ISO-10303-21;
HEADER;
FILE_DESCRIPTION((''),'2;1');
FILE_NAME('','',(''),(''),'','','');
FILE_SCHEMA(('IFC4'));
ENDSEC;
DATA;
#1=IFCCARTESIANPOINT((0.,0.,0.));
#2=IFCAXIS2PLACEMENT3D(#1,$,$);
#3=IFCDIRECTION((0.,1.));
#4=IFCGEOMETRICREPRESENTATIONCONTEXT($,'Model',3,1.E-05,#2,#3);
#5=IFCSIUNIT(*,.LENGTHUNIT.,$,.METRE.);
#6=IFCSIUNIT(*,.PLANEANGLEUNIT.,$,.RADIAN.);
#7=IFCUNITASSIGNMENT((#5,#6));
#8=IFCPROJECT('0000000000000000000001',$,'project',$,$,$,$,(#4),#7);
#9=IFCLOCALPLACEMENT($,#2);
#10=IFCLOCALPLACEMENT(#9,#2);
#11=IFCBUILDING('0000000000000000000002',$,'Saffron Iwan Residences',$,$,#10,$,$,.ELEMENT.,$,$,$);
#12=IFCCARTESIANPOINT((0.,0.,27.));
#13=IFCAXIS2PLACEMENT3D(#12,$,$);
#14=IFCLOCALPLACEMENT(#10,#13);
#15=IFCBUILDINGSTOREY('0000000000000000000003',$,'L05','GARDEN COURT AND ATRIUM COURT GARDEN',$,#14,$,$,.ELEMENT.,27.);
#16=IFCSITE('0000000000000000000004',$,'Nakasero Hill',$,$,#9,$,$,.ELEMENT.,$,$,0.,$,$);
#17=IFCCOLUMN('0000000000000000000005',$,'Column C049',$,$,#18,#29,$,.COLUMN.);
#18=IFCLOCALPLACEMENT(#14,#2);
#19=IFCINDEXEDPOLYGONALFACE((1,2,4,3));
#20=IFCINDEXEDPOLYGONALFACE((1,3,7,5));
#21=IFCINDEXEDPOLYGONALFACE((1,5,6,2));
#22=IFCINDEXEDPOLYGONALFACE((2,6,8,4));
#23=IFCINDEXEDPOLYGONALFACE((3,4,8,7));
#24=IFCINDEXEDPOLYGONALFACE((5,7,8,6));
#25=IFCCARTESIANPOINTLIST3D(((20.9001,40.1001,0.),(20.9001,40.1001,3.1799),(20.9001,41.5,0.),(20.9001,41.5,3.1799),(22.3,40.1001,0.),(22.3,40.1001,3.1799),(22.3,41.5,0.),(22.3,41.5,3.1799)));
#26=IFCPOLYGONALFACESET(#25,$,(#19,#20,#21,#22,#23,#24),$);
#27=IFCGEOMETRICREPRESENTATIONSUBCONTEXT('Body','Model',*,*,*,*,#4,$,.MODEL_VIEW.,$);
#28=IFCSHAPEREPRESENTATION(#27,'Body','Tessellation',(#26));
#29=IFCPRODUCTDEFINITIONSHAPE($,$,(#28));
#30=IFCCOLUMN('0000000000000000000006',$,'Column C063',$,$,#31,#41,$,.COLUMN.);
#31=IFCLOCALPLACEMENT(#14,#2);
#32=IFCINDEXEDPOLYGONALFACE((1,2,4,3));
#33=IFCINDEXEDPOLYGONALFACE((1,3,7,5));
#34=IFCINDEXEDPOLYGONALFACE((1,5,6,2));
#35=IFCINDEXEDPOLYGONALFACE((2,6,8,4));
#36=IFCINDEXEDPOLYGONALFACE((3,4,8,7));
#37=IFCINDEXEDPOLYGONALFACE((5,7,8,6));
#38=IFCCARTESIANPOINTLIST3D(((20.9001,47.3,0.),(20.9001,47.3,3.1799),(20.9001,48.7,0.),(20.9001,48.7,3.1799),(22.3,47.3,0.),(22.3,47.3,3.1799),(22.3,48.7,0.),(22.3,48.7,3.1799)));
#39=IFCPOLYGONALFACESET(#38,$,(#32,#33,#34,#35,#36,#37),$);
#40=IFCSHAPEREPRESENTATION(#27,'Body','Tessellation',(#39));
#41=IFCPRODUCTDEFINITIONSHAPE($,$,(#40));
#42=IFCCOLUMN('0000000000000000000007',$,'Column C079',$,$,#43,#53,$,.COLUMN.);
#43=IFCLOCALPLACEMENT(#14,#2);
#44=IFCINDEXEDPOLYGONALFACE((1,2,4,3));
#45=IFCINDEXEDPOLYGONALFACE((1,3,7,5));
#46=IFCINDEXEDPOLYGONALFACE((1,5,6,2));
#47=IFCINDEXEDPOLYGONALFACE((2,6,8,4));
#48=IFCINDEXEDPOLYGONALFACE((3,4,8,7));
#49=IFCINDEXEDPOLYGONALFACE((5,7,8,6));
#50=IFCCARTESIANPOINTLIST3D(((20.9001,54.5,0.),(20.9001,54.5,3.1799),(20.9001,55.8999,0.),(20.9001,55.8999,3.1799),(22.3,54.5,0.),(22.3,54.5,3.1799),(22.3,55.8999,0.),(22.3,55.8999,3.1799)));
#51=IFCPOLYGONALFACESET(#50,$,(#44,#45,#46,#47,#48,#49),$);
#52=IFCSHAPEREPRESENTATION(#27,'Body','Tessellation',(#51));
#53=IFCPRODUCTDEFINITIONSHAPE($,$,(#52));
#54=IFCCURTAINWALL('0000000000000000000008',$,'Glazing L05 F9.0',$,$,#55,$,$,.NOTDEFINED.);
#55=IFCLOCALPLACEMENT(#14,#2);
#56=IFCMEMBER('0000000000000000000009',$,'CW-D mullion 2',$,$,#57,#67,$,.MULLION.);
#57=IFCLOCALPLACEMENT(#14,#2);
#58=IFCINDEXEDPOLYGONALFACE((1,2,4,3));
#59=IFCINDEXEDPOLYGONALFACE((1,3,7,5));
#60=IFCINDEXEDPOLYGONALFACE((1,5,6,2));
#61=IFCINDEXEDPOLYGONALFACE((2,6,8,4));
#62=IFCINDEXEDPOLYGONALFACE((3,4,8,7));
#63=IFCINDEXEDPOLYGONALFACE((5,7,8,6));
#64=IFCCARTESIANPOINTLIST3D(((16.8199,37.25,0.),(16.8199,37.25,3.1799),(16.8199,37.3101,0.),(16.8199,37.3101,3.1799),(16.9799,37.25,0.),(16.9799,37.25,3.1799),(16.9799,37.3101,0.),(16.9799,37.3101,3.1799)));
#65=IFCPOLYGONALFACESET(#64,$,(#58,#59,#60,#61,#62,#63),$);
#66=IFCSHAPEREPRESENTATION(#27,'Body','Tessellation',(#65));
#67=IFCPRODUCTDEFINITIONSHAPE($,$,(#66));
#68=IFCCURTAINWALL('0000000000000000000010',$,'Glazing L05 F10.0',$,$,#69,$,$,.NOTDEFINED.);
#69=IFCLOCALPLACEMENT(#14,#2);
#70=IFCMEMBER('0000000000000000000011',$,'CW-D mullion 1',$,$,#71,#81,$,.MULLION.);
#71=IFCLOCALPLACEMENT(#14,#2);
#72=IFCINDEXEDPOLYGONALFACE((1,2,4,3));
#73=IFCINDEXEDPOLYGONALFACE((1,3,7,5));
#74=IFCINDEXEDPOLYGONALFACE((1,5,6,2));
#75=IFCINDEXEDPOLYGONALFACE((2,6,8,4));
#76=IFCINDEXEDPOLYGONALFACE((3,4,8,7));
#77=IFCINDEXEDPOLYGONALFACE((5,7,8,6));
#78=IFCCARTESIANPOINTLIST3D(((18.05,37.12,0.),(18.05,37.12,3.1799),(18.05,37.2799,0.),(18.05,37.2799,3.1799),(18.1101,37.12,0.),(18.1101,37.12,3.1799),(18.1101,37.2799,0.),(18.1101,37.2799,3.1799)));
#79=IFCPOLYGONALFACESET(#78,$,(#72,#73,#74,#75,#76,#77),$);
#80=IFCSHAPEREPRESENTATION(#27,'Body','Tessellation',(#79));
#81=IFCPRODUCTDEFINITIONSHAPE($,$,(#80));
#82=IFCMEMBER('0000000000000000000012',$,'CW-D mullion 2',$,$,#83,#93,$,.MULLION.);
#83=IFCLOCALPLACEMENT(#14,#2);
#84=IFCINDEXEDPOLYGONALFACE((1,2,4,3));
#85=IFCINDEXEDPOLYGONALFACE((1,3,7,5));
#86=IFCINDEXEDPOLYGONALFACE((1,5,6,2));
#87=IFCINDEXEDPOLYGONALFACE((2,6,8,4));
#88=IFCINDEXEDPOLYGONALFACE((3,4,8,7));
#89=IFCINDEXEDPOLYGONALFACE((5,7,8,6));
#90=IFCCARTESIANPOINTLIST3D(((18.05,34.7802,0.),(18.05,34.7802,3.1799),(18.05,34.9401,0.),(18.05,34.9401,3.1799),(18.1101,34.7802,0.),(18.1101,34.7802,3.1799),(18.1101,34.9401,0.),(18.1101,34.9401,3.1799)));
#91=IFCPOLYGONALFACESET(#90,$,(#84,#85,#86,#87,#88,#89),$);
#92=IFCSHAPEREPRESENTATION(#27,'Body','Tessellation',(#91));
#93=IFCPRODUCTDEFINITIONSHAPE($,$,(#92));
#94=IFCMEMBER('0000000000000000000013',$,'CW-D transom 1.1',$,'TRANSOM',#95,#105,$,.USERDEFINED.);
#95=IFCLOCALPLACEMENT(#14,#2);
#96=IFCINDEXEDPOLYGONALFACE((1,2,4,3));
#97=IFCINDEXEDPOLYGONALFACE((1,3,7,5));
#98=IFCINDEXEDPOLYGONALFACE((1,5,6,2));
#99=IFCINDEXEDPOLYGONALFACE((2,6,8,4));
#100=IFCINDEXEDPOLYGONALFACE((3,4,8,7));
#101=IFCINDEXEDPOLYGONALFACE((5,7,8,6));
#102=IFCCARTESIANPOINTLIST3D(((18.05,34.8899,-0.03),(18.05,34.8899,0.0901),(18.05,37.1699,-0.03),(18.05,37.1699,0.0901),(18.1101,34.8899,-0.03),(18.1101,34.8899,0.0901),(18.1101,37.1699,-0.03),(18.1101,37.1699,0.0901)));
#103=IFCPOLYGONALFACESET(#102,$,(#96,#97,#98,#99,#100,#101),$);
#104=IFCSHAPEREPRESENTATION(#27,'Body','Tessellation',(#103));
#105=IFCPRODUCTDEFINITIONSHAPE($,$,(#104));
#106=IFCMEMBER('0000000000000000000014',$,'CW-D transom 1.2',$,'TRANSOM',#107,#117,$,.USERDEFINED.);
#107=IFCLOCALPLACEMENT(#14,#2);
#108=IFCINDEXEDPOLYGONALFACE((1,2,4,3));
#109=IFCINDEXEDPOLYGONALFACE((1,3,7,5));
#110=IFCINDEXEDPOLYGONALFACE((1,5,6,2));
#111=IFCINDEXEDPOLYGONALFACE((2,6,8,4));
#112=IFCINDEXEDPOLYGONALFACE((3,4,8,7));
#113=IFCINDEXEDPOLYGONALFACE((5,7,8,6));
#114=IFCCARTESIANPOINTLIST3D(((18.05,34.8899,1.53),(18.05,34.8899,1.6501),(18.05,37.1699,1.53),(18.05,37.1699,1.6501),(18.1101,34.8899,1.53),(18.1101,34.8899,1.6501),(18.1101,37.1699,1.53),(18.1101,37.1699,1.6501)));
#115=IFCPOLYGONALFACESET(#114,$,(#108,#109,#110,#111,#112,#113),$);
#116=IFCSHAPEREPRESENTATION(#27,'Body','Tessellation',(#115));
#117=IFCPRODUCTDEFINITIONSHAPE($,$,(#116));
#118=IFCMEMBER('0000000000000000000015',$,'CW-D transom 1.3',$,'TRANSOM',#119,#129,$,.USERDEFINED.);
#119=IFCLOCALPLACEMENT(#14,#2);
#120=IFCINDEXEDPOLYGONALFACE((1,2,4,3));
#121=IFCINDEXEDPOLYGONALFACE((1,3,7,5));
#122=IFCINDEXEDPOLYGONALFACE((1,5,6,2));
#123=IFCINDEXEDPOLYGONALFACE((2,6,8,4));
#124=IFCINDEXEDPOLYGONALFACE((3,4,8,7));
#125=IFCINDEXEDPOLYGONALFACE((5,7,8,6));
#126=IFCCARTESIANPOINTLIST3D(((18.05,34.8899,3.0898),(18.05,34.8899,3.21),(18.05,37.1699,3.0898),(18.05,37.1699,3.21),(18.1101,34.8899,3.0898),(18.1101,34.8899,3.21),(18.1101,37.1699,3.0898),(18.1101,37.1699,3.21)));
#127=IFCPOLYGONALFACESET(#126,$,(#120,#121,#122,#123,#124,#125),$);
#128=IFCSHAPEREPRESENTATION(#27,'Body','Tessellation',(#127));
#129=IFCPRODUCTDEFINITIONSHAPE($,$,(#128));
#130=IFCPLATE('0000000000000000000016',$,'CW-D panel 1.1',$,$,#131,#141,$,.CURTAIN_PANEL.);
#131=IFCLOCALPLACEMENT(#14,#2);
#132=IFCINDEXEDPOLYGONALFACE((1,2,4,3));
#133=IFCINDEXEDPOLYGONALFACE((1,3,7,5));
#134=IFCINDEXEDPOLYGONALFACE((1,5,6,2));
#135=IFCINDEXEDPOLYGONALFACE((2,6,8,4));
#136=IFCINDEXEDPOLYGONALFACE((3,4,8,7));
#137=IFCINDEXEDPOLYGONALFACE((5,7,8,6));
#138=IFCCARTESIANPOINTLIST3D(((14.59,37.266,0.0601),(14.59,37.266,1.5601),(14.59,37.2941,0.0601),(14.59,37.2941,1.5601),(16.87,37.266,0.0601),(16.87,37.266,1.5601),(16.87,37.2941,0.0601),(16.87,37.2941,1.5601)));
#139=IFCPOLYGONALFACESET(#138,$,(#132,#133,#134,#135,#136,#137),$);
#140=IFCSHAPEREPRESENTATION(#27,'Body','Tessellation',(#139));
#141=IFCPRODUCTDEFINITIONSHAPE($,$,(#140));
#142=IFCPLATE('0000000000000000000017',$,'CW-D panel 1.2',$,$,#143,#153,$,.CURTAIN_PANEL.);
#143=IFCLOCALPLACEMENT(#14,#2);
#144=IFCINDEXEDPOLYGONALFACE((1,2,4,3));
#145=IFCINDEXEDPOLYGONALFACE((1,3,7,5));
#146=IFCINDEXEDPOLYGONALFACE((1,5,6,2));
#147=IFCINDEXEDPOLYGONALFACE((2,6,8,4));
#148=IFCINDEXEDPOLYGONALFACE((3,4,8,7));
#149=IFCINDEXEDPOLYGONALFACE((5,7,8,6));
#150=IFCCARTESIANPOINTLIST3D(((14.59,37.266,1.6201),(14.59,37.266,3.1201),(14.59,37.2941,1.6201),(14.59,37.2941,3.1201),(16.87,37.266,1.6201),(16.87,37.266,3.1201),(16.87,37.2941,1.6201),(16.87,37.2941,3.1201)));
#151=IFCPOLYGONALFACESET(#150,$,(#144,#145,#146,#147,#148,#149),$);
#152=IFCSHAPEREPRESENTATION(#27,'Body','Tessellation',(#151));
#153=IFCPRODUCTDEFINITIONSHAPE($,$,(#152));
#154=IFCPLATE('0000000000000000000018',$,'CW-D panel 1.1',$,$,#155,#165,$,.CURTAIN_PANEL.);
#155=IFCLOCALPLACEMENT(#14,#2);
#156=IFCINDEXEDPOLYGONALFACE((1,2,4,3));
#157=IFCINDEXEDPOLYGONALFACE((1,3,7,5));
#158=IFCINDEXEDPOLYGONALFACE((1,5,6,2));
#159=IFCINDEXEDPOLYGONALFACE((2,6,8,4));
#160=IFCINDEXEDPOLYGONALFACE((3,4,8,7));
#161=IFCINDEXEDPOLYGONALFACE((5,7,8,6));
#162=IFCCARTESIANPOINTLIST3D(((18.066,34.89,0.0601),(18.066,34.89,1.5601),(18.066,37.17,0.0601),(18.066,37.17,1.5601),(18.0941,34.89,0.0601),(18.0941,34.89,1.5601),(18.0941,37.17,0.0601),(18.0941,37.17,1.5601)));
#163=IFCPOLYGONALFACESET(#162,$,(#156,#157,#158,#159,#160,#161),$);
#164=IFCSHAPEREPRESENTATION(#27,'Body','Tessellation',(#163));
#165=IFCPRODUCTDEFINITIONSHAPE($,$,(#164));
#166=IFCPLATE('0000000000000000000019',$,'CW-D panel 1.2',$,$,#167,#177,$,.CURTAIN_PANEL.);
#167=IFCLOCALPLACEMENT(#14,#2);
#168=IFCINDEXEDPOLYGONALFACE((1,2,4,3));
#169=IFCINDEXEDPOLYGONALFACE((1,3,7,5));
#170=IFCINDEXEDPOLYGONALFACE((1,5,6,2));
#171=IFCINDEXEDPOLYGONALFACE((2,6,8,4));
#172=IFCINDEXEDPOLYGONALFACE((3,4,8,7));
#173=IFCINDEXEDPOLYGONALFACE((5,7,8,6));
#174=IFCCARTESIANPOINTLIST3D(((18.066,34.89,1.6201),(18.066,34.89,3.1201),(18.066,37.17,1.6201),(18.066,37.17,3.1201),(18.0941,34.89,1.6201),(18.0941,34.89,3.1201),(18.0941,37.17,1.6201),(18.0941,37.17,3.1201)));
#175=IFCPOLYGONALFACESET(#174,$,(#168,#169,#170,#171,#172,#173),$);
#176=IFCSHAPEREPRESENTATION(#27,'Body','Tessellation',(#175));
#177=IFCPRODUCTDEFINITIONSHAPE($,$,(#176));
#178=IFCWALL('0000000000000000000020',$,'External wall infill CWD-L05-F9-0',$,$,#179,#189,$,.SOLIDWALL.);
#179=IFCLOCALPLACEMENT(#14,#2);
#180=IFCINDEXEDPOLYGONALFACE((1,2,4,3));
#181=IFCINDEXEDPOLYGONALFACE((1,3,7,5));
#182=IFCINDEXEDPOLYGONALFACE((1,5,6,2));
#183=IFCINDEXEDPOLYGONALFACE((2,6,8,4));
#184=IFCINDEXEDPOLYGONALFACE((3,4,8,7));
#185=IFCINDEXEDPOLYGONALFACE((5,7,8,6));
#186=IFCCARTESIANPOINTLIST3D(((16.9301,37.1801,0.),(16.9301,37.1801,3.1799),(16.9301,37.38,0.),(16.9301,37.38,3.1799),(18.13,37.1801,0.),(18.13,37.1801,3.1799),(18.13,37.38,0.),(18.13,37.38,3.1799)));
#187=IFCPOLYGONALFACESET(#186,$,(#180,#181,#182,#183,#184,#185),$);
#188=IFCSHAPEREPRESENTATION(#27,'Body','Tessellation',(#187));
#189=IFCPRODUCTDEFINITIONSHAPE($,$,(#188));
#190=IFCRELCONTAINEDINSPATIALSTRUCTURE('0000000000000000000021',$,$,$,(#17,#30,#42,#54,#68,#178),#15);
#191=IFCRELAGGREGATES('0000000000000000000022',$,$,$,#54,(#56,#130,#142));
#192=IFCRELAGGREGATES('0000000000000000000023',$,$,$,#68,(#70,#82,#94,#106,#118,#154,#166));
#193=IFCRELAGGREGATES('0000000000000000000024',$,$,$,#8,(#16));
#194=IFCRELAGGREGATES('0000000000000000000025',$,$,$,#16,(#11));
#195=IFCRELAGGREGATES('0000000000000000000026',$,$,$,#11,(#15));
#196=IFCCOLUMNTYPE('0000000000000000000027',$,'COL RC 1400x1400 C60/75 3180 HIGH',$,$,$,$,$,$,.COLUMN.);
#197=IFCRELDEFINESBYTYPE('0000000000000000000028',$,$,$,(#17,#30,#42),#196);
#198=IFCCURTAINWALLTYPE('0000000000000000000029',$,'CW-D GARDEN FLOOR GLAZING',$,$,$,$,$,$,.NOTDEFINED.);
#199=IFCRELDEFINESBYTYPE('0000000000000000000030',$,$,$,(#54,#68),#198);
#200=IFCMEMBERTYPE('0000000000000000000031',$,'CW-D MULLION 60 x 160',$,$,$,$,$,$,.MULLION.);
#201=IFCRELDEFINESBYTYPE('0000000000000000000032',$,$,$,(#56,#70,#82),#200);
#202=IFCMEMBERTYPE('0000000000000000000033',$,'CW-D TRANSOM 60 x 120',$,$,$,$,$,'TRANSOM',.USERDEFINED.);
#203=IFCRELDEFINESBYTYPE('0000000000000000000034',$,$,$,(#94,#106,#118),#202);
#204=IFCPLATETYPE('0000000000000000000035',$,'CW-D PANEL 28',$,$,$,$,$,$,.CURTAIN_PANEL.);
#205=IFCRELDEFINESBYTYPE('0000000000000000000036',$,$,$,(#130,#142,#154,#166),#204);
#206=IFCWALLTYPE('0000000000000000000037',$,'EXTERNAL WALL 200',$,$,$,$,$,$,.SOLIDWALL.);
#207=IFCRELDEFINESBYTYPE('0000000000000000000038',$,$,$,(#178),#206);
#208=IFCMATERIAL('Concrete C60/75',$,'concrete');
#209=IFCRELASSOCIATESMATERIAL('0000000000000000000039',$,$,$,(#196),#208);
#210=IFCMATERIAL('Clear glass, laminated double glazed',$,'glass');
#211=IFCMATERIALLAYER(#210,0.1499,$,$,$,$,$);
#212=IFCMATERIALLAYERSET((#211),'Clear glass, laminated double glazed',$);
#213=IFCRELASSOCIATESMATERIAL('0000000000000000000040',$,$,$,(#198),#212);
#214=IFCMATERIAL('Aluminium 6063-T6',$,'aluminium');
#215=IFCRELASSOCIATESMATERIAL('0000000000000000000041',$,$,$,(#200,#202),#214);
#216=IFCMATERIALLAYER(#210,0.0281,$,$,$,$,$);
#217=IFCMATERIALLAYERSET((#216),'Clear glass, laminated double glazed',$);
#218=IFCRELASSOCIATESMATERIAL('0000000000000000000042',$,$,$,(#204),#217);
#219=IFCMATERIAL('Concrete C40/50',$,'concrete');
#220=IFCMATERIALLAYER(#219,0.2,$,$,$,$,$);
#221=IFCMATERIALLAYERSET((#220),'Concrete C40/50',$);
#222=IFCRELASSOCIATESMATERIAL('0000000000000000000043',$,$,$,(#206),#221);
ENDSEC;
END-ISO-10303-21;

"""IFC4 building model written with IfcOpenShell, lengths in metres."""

from ifc_helpers import new_model, si_unit, direction, frame, frame_2d, origin, origin_2d, place, context, subcontext, project, spatial, rectangle, extrude, source, transform, mapped, material, layer, layer_set, material_profile, profile_set, type_object, element, aggregate, save


model = new_model("IFC4")

# Units and contexts
model_context = context("Model", 3, precision=1e-05, world=origin(), true_north=direction((0.0, 1.0)))
body_context = subcontext(model_context, "Body", "Model", "MODEL_VIEW")
ifc_project = project(units=[si_unit("LENGTHUNIT", "METRE"), si_unit("PLANEANGLEUNIT", "RADIAN")], contexts=[model_context])

# Site, building, storey
site_placement = place(None, origin())
site = spatial("IfcSite", under=ifc_project, at=site_placement, Name="Nakasero Hill", CompositionType="ELEMENT", RefElevation=0.0)
building_placement = place(site_placement, origin())
building = spatial("IfcBuilding", under=site, at=building_placement, Name="Saffron Iwan Residences", CompositionType="ELEMENT")
storey_placement = place(building_placement, frame((0.0, 0.0, 27.0)))
storey = spatial("IfcBuildingStorey", under=building, at=storey_placement, Name="L05", Description="GARDEN COURT AND ATRIUM COURT GARDEN", CompositionType="ELEMENT", Elevation=27.0)

# Columns
ifc_material_1 = material(Name="Concrete C60/75", Category="concrete")
ifc_material_profile_1 = material_profile(ifc_material_1, rectangle(XDim=1.3999, YDim=1.3999, at=origin_2d()), Name="RC 1400x1400")
ifc_profile_set_1 = profile_set([ifc_material_profile_1], Name="Concrete C60/75")
column_type = type_object("IfcColumnType", Name="COL RC 1400x1400 C60/75 3180 HIGH", PredefinedType="COLUMN", material=ifc_profile_set_1)
shared_shape_1 = source(origin(), body_context, "Body", "SweptSolid", [
    extrude(rectangle(XDim=1.3999, YDim=1.3999, at=origin_2d()), origin(), (0.0, 0.0, 1.0), 3.1799),
])
for number, where, z_axis, x_axis, name in (
    (1, (21.6001, 40.8, 0.0), (0.0, 0.0, 1.0), (1.0, 0.0, 0.0), "Column C049"),
    (2, (21.6001, 48.0, 0.0), (0.0, 0.0, 1.0), (1.0, 0.0, 0.0), "Column C063"),
    (3, (21.6001, 55.2, 0.0), (0.0, 0.0, 1.0), (1.0, 0.0, 0.0), "Column C079"),
):
    element("IfcColumn", number, at=place(storey_placement, frame(where, z_axis=z_axis, x_axis=x_axis)), inside=storey, type_object=column_type, Name=name, PredefinedType="COLUMN", context=body_context, shape_type="MappedRepresentation", body=[
        mapped(shared_shape_1, transform((0.0, 0.0, 0.0))),
    ])

# Curtain wall, member
ifc_material_2 = material(Name="Clear glass, laminated double glazed", Category="glass")
ifc_layer_1 = layer(ifc_material_2, 0.1499)
ifc_layer_set_1 = layer_set([ifc_layer_1], Name="Clear glass, laminated double glazed")
curtain_wall_type = type_object("IfcCurtainWallType", Name="CW-D GARDEN FLOOR GLAZING", PredefinedType="NOTDEFINED", material=ifc_layer_set_1)
curtain_wall_1_placement = place(storey_placement, origin())
curtain_wall_1 = element("IfcCurtainWall", 4, at=curtain_wall_1_placement, inside=storey, type_object=curtain_wall_type, Name="Glazing L05 F9.0", PredefinedType="NOTDEFINED")
ifc_material_3 = material(Name="Aluminium 6063-T6", Category="aluminium")
ifc_material_profile_2 = material_profile(ifc_material_3, rectangle(XDim=0.0601, YDim=0.1599, at=origin_2d()), Name="CW-D MULLION 60 x 160")
ifc_profile_set_2 = profile_set([ifc_material_profile_2], Name="Aluminium 6063-T6")
member_type_1 = type_object("IfcMemberType", Name="CW-D MULLION 60 x 160", PredefinedType="MULLION", material=ifc_profile_set_2)
shared_shape_2 = source(origin(), body_context, "Body", "SweptSolid", [
    extrude(rectangle(XDim=0.0601, YDim=0.1599, at=origin_2d()), origin(), (0.0, 0.0, 1.0), 3.1799),
])
member_1_placement = place(storey_placement, frame((16.8999, 37.28, 0.0), z_axis=(0.0, 0.0, 1.0), x_axis=(0.0, 1.0, 0.0)))
member_1 = element("IfcMember", 5, at=member_1_placement, type_object=member_type_1, Name="CW-D mullion 2", PredefinedType="MULLION", context=body_context, shape_type="MappedRepresentation", body=[
    mapped(shared_shape_2, transform((0.0, 0.0, 0.0))),
])

# Curtain wall, members
curtain_wall_2_placement = place(storey_placement, origin())
curtain_wall_2 = element("IfcCurtainWall", 6, at=curtain_wall_2_placement, inside=storey, type_object=curtain_wall_type, Name="Glazing L05 F10.0", PredefinedType="NOTDEFINED")
member_2_placement = place(storey_placement, frame((18.0801, 37.2, 0.0), z_axis=(0.0, 0.0, 1.0), x_axis=(1.0, 0.0, 0.0)))
member_2 = element("IfcMember", 7, at=member_2_placement, type_object=member_type_1, Name="CW-D mullion 1", PredefinedType="MULLION", context=body_context, shape_type="MappedRepresentation", body=[
    mapped(shared_shape_2, transform((0.0, 0.0, 0.0))),
])
member_3_placement = place(storey_placement, frame((18.0801, 34.8601, 0.0), z_axis=(0.0, 0.0, 1.0), x_axis=(1.0, 0.0, 0.0)))
member_3 = element("IfcMember", 8, at=member_3_placement, type_object=member_type_1, Name="CW-D mullion 2", PredefinedType="MULLION", context=body_context, shape_type="MappedRepresentation", body=[
    mapped(shared_shape_2, transform((0.0, 0.0, 0.0))),
])
ifc_material_profile_3 = material_profile(ifc_material_3, rectangle(XDim=0.0601, YDim=0.1201, at=origin_2d()), Name="CW-D TRANSOM 60 x 120")
ifc_profile_set_3 = profile_set([ifc_material_profile_3], Name="Aluminium 6063-T6")
member_type_2 = type_object("IfcMemberType", Name="CW-D TRANSOM 60 x 120", ElementType="TRANSOM", PredefinedType="USERDEFINED", material=ifc_profile_set_3)
shared_shape_3 = source(origin(), body_context, "Body", "SweptSolid", [
    extrude(rectangle(XDim=0.0601, YDim=0.1201, at=origin_2d()), origin(), (0.0, 0.0, 1.0), 2.28),
])
member_4_placement = place(storey_placement, frame((18.0801, 37.1699, 0.03), z_axis=(0.0, -1.0, 0.0), x_axis=(1.0, 0.0, 0.0)))
member_4 = element("IfcMember", 9, at=member_4_placement, type_object=member_type_2, Name="CW-D transom 1.1", ObjectType="TRANSOM", PredefinedType="USERDEFINED", context=body_context, shape_type="MappedRepresentation", body=[
    mapped(shared_shape_3, transform((0.0, 0.0, 0.0))),
])
member_5_placement = place(storey_placement, frame((18.0801, 37.1699, 1.5901), z_axis=(0.0, -1.0, 0.0), x_axis=(1.0, 0.0, 0.0)))
member_5 = element("IfcMember", 10, at=member_5_placement, type_object=member_type_2, Name="CW-D transom 1.2", ObjectType="TRANSOM", PredefinedType="USERDEFINED", context=body_context, shape_type="MappedRepresentation", body=[
    mapped(shared_shape_3, transform((0.0, 0.0, 0.0))),
])
member_6_placement = place(storey_placement, frame((18.0801, 37.1699, 3.1499), z_axis=(0.0, -1.0, 0.0), x_axis=(1.0, 0.0, 0.0)))
member_6 = element("IfcMember", 11, at=member_6_placement, type_object=member_type_2, Name="CW-D transom 1.3", ObjectType="TRANSOM", PredefinedType="USERDEFINED", context=body_context, shape_type="MappedRepresentation", body=[
    mapped(shared_shape_3, transform((0.0, 0.0, 0.0))),
])

# Plates
ifc_layer_2 = layer(ifc_material_2, 0.0281)
ifc_layer_set_2 = layer_set([ifc_layer_2], Name="Clear glass, laminated double glazed")
plate_type = type_object("IfcPlateType", Name="CW-D PANEL 28", PredefinedType="CURTAIN_PANEL", material=ifc_layer_set_2)
shared_shape_4 = source(origin(), body_context, "Body", "SweptSolid", [
    extrude(rectangle(XDim=2.28, YDim=0.0281, at=origin_2d()), origin(), (0.0, 0.0, 1.0), 1.5),
])
plate_1_placement = place(storey_placement, frame((15.73, 37.28, 0.0601), z_axis=(0.0, 0.0, 1.0), x_axis=(1.0, 0.0, 0.0)))
plate_1 = element("IfcPlate", 12, at=plate_1_placement, type_object=plate_type, Name="CW-D panel 1.1", PredefinedType="CURTAIN_PANEL", context=body_context, shape_type="MappedRepresentation", body=[
    mapped(shared_shape_4, transform((0.0, 0.0, 0.0))),
])
plate_2_placement = place(storey_placement, frame((15.73, 37.28, 1.6201), z_axis=(0.0, 0.0, 1.0), x_axis=(1.0, 0.0, 0.0)))
plate_2 = element("IfcPlate", 13, at=plate_2_placement, type_object=plate_type, Name="CW-D panel 1.2", PredefinedType="CURTAIN_PANEL", context=body_context, shape_type="MappedRepresentation", body=[
    mapped(shared_shape_4, transform((0.0, 0.0, 0.0))),
])
aggregate(curtain_wall_1, [member_1, plate_1, plate_2])
plate_3_placement = place(storey_placement, frame((18.0801, 36.03, 0.0601), z_axis=(0.0, 0.0, 1.0), x_axis=(0.0, -1.0, 0.0)))
plate_3 = element("IfcPlate", 14, at=plate_3_placement, type_object=plate_type, Name="CW-D panel 1.1", PredefinedType="CURTAIN_PANEL", context=body_context, shape_type="MappedRepresentation", body=[
    mapped(shared_shape_4, transform((0.0, 0.0, 0.0))),
])
plate_4_placement = place(storey_placement, frame((18.0801, 36.03, 1.6201), z_axis=(0.0, 0.0, 1.0), x_axis=(0.0, -1.0, 0.0)))
plate_4 = element("IfcPlate", 15, at=plate_4_placement, type_object=plate_type, Name="CW-D panel 1.2", PredefinedType="CURTAIN_PANEL", context=body_context, shape_type="MappedRepresentation", body=[
    mapped(shared_shape_4, transform((0.0, 0.0, 0.0))),
])
aggregate(curtain_wall_2, [member_2, member_3, member_4, member_5, member_6, plate_3, plate_4])

# Wall
ifc_material_4 = material(Name="Concrete C40/50", Category="concrete")
ifc_layer_3 = layer(ifc_material_4, 0.2)
ifc_layer_set_3 = layer_set([ifc_layer_3], Name="Concrete C40/50")
wall_type_1 = type_object("IfcWallType", Name="EXTERNAL WALL 200", PredefinedType="SOLIDWALL", material=ifc_layer_set_3)
wall_1_placement = place(storey_placement, frame((16.9299, 37.28, 0.0), z_axis=(0.0, 0.0, 1.0), x_axis=(1.0, 0.0, 0.0)))
element("IfcWall", 16, at=wall_1_placement, inside=storey, type_object=wall_type_1, Name="External wall infill CWD-L05-F9-0", PredefinedType="SOLIDWALL", context=body_context, shape_type="SweptSolid", body=[
    extrude(rectangle(XDim=1.2, YDim=0.2, at=frame_2d((0.6001, 0.0))), origin(), (0.0, 0.0, 1.0), 3.1799),
])

save(model, "model.ifc")
